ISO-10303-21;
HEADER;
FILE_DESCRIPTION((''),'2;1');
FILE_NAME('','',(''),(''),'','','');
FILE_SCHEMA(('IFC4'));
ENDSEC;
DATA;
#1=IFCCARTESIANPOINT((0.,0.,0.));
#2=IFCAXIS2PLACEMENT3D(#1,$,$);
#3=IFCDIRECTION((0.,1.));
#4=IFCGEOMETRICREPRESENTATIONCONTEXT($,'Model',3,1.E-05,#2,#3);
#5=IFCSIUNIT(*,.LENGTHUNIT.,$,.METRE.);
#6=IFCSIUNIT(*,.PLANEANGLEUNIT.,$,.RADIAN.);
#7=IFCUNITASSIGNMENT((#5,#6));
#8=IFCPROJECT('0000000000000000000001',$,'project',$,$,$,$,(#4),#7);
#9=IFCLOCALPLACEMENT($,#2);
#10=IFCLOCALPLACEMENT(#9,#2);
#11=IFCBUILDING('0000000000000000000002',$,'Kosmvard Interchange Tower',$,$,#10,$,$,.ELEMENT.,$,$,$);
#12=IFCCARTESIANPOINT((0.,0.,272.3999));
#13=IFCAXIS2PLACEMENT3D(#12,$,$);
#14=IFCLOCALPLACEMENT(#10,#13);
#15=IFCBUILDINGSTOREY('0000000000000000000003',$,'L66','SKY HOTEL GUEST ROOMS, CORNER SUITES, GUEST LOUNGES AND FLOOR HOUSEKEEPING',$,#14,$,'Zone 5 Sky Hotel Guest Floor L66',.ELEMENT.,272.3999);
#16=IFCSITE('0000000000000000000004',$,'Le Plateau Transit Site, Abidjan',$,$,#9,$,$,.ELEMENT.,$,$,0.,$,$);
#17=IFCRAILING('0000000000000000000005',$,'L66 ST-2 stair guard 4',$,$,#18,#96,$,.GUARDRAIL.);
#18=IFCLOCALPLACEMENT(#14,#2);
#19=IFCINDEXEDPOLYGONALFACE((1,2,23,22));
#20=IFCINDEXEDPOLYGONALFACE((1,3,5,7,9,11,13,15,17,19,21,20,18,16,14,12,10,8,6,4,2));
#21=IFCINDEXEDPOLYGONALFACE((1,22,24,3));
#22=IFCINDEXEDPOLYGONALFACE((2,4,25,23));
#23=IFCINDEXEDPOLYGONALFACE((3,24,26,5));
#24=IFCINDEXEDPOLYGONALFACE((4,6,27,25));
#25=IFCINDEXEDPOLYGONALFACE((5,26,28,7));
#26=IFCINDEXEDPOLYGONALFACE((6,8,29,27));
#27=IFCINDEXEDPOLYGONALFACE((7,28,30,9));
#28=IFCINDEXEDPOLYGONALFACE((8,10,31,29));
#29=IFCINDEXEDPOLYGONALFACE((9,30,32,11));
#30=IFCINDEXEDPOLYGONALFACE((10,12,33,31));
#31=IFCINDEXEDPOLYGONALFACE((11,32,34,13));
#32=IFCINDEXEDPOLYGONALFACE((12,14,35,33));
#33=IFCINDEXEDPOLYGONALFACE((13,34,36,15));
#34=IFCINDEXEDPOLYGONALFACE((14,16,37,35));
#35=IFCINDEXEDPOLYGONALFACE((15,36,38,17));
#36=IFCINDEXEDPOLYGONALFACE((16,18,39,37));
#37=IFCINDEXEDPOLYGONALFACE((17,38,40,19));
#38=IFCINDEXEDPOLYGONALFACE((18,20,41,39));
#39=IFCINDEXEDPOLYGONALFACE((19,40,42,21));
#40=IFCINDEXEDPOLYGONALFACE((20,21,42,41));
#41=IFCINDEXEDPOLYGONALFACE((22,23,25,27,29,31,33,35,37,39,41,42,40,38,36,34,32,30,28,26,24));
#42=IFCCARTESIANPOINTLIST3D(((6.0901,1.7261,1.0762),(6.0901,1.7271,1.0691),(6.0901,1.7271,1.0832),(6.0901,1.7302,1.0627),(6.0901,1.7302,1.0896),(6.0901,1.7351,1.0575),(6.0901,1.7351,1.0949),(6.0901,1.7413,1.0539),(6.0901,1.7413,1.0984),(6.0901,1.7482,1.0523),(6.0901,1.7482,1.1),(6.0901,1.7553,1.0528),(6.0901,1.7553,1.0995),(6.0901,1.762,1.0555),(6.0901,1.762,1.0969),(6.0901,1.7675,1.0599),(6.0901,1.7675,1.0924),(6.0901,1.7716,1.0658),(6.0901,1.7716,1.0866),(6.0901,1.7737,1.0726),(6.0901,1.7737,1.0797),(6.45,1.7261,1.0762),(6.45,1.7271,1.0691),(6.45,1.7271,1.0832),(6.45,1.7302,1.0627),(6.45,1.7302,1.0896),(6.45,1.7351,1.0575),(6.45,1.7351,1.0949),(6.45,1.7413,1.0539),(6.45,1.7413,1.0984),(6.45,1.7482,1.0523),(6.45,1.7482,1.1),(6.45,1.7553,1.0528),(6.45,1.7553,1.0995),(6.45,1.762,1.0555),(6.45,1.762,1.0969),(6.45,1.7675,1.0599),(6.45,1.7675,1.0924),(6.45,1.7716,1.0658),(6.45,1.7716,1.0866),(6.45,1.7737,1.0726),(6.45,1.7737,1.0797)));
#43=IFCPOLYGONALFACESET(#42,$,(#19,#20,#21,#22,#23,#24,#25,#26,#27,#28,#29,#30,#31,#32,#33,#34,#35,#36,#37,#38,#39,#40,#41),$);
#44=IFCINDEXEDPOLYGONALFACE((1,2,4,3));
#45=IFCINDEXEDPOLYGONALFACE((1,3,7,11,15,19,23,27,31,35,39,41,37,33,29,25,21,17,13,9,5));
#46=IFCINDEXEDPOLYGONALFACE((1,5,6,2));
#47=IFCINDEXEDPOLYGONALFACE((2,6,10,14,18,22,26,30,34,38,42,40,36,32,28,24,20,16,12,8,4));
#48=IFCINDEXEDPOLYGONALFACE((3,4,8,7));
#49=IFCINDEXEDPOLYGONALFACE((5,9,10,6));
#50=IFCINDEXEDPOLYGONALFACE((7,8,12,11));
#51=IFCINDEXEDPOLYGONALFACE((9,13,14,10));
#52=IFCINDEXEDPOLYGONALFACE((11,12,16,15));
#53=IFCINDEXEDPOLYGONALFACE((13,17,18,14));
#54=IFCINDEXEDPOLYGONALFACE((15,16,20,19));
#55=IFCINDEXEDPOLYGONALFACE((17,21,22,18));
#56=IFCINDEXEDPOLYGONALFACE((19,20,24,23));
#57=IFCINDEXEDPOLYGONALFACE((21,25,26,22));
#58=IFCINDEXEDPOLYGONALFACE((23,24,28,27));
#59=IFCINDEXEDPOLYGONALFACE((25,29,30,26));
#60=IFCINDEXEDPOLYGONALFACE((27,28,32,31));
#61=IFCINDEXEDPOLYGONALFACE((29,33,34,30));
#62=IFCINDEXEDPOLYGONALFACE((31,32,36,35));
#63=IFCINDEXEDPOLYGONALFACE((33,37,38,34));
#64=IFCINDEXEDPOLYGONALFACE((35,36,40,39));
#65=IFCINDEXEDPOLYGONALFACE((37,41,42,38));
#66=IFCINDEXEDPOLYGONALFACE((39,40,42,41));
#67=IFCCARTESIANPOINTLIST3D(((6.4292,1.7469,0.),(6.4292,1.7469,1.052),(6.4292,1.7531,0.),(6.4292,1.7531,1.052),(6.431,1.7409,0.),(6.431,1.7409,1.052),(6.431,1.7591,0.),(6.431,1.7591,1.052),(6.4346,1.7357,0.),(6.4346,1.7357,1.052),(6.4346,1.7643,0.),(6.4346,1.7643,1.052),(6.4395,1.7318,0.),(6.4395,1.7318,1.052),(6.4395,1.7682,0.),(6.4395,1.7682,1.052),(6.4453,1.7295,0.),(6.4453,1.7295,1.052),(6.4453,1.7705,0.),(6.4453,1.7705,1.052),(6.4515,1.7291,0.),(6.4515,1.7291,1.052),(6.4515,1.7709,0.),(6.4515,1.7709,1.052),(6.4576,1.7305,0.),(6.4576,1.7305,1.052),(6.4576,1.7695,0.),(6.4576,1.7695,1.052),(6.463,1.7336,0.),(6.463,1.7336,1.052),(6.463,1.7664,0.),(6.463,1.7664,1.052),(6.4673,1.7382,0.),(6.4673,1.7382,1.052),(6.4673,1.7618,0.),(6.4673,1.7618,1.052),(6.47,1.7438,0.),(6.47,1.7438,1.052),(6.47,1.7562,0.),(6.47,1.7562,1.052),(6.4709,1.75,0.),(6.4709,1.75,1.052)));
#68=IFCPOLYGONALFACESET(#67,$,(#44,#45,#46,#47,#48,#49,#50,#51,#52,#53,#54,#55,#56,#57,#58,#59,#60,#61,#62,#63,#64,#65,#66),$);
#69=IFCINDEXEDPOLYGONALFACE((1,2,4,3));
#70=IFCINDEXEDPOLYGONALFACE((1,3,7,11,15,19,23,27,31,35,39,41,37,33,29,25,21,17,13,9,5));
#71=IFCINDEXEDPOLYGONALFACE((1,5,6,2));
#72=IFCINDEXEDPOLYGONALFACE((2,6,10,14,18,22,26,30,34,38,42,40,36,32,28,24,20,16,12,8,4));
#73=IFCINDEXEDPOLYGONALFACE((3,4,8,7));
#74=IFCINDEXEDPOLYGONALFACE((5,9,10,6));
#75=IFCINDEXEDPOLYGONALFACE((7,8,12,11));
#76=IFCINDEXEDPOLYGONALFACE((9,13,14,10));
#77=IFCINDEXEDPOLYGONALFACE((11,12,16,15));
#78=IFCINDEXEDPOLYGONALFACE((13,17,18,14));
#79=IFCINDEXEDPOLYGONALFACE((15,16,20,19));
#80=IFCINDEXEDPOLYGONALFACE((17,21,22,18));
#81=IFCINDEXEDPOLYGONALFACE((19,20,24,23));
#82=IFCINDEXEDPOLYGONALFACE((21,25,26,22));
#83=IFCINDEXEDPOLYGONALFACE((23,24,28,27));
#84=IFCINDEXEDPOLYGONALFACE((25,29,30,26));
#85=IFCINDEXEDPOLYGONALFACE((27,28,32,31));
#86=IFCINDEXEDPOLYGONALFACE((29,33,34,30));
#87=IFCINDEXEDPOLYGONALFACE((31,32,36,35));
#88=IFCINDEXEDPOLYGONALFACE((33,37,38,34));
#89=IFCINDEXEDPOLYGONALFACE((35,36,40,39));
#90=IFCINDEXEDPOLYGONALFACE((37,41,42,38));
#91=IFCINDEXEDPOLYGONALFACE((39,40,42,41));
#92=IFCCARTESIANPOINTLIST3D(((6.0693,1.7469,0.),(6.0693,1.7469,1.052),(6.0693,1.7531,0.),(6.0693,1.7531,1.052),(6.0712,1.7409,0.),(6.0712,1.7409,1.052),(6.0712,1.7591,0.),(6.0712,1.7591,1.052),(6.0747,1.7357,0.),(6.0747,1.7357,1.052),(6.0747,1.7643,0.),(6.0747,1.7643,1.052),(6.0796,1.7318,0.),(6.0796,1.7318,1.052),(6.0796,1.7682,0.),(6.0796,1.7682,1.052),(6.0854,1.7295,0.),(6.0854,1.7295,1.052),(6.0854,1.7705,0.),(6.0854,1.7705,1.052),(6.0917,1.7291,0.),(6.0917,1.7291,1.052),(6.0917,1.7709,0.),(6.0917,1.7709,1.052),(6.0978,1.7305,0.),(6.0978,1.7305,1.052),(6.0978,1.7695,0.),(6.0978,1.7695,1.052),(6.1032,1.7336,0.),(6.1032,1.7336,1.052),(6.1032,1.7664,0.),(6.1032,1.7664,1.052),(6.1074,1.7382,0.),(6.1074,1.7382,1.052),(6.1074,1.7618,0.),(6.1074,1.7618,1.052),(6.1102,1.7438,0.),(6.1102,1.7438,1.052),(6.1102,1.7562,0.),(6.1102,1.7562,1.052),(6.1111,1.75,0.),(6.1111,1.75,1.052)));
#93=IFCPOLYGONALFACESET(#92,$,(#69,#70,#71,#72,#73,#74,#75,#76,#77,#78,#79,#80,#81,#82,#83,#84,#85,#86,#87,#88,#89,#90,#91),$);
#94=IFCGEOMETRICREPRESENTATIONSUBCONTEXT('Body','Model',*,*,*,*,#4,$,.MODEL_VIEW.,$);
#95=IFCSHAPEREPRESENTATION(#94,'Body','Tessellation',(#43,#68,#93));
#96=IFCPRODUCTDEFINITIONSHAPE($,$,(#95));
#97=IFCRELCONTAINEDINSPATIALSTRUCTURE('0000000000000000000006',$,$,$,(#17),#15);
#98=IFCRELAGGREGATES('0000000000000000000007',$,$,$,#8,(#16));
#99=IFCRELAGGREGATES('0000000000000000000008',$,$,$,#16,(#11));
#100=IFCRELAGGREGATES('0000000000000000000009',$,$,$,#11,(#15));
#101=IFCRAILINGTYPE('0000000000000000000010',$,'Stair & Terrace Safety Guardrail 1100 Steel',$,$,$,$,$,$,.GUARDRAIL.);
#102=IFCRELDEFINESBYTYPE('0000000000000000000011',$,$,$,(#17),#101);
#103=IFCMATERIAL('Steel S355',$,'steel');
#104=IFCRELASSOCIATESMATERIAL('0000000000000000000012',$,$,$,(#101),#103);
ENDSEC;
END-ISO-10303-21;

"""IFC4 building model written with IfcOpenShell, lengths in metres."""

from ifc_helpers import new_model, si_unit, direction, frame, origin, origin_2d, place, context, subcontext, project, spatial, circle, extrude, source, transform, mapped, material, type_object, element, save


model = new_model("IFC4")

# Units and contexts
model_context = context("Model", 3, precision=1e-05, world=origin(), true_north=direction((0.0, 1.0)))
body_context = subcontext(model_context, "Body", "Model", "MODEL_VIEW")
ifc_project = project(units=[si_unit("LENGTHUNIT", "METRE"), si_unit("PLANEANGLEUNIT", "RADIAN")], contexts=[model_context])

# Site, building, storey
site_placement = place(None, origin())
site = spatial("IfcSite", under=ifc_project, at=site_placement, Name="Le Plateau Transit Site, Abidjan", CompositionType="ELEMENT", RefElevation=0.0)
building_placement = place(site_placement, origin())
building = spatial("IfcBuilding", under=site, at=building_placement, Name="Kosmvard Interchange Tower", CompositionType="ELEMENT")
storey_placement = place(building_placement, frame((0.0, 0.0, 272.3999)))
storey = spatial("IfcBuildingStorey", under=building, at=storey_placement, Name="L66", Description="SKY HOTEL GUEST ROOMS, CORNER SUITES, GUEST LOUNGES AND FLOOR HOUSEKEEPING", LongName="Zone 5 Sky Hotel Guest Floor L66", CompositionType="ELEMENT", Elevation=272.3999)

# Shared definitions
ifc_material_1 = material(Name="Steel S355", Category="steel")

# Railing
railing_type_1 = type_object("IfcRailingType", Name="Stair & Terrace Safety Guardrail 1100 Steel", PredefinedType="GUARDRAIL", material=ifc_material_1)
shared_shape_1 = source(origin(), body_context, "Body", "SweptSolid", [
    extrude(circle(Radius=0.0239, at=origin_2d()), frame((0.0, 0.0, 1.0762), z_axis=(-1.0, 0.0, 0.0), x_axis=(0.0, -1.0, 0.0)), (0.0, 0.0, 1.0), 0.3599),
    extrude(circle(Radius=0.021, at=origin_2d()), origin(), (0.0, 0.0, 1.0), 1.052),
    extrude(circle(Radius=0.021, at=origin_2d()), frame((-0.3599, 0.0, 0.0)), (0.0, 0.0, 1.0), 1.052),
])
for number, where, name in (
    (1, (6.45, 1.75, 0.0), "L66 ST-2 stair guard 4"),
):
    element("IfcRailing", number, at=place(storey_placement, frame(where)), inside=storey, type_object=railing_type_1, Name=name, PredefinedType="GUARDRAIL", context=body_context, shape_type="MappedRepresentation", body=[
        mapped(shared_shape_1, transform((0.0, 0.0, 0.0), scale=1.0)),
    ])

save(model, "model.ifc")
